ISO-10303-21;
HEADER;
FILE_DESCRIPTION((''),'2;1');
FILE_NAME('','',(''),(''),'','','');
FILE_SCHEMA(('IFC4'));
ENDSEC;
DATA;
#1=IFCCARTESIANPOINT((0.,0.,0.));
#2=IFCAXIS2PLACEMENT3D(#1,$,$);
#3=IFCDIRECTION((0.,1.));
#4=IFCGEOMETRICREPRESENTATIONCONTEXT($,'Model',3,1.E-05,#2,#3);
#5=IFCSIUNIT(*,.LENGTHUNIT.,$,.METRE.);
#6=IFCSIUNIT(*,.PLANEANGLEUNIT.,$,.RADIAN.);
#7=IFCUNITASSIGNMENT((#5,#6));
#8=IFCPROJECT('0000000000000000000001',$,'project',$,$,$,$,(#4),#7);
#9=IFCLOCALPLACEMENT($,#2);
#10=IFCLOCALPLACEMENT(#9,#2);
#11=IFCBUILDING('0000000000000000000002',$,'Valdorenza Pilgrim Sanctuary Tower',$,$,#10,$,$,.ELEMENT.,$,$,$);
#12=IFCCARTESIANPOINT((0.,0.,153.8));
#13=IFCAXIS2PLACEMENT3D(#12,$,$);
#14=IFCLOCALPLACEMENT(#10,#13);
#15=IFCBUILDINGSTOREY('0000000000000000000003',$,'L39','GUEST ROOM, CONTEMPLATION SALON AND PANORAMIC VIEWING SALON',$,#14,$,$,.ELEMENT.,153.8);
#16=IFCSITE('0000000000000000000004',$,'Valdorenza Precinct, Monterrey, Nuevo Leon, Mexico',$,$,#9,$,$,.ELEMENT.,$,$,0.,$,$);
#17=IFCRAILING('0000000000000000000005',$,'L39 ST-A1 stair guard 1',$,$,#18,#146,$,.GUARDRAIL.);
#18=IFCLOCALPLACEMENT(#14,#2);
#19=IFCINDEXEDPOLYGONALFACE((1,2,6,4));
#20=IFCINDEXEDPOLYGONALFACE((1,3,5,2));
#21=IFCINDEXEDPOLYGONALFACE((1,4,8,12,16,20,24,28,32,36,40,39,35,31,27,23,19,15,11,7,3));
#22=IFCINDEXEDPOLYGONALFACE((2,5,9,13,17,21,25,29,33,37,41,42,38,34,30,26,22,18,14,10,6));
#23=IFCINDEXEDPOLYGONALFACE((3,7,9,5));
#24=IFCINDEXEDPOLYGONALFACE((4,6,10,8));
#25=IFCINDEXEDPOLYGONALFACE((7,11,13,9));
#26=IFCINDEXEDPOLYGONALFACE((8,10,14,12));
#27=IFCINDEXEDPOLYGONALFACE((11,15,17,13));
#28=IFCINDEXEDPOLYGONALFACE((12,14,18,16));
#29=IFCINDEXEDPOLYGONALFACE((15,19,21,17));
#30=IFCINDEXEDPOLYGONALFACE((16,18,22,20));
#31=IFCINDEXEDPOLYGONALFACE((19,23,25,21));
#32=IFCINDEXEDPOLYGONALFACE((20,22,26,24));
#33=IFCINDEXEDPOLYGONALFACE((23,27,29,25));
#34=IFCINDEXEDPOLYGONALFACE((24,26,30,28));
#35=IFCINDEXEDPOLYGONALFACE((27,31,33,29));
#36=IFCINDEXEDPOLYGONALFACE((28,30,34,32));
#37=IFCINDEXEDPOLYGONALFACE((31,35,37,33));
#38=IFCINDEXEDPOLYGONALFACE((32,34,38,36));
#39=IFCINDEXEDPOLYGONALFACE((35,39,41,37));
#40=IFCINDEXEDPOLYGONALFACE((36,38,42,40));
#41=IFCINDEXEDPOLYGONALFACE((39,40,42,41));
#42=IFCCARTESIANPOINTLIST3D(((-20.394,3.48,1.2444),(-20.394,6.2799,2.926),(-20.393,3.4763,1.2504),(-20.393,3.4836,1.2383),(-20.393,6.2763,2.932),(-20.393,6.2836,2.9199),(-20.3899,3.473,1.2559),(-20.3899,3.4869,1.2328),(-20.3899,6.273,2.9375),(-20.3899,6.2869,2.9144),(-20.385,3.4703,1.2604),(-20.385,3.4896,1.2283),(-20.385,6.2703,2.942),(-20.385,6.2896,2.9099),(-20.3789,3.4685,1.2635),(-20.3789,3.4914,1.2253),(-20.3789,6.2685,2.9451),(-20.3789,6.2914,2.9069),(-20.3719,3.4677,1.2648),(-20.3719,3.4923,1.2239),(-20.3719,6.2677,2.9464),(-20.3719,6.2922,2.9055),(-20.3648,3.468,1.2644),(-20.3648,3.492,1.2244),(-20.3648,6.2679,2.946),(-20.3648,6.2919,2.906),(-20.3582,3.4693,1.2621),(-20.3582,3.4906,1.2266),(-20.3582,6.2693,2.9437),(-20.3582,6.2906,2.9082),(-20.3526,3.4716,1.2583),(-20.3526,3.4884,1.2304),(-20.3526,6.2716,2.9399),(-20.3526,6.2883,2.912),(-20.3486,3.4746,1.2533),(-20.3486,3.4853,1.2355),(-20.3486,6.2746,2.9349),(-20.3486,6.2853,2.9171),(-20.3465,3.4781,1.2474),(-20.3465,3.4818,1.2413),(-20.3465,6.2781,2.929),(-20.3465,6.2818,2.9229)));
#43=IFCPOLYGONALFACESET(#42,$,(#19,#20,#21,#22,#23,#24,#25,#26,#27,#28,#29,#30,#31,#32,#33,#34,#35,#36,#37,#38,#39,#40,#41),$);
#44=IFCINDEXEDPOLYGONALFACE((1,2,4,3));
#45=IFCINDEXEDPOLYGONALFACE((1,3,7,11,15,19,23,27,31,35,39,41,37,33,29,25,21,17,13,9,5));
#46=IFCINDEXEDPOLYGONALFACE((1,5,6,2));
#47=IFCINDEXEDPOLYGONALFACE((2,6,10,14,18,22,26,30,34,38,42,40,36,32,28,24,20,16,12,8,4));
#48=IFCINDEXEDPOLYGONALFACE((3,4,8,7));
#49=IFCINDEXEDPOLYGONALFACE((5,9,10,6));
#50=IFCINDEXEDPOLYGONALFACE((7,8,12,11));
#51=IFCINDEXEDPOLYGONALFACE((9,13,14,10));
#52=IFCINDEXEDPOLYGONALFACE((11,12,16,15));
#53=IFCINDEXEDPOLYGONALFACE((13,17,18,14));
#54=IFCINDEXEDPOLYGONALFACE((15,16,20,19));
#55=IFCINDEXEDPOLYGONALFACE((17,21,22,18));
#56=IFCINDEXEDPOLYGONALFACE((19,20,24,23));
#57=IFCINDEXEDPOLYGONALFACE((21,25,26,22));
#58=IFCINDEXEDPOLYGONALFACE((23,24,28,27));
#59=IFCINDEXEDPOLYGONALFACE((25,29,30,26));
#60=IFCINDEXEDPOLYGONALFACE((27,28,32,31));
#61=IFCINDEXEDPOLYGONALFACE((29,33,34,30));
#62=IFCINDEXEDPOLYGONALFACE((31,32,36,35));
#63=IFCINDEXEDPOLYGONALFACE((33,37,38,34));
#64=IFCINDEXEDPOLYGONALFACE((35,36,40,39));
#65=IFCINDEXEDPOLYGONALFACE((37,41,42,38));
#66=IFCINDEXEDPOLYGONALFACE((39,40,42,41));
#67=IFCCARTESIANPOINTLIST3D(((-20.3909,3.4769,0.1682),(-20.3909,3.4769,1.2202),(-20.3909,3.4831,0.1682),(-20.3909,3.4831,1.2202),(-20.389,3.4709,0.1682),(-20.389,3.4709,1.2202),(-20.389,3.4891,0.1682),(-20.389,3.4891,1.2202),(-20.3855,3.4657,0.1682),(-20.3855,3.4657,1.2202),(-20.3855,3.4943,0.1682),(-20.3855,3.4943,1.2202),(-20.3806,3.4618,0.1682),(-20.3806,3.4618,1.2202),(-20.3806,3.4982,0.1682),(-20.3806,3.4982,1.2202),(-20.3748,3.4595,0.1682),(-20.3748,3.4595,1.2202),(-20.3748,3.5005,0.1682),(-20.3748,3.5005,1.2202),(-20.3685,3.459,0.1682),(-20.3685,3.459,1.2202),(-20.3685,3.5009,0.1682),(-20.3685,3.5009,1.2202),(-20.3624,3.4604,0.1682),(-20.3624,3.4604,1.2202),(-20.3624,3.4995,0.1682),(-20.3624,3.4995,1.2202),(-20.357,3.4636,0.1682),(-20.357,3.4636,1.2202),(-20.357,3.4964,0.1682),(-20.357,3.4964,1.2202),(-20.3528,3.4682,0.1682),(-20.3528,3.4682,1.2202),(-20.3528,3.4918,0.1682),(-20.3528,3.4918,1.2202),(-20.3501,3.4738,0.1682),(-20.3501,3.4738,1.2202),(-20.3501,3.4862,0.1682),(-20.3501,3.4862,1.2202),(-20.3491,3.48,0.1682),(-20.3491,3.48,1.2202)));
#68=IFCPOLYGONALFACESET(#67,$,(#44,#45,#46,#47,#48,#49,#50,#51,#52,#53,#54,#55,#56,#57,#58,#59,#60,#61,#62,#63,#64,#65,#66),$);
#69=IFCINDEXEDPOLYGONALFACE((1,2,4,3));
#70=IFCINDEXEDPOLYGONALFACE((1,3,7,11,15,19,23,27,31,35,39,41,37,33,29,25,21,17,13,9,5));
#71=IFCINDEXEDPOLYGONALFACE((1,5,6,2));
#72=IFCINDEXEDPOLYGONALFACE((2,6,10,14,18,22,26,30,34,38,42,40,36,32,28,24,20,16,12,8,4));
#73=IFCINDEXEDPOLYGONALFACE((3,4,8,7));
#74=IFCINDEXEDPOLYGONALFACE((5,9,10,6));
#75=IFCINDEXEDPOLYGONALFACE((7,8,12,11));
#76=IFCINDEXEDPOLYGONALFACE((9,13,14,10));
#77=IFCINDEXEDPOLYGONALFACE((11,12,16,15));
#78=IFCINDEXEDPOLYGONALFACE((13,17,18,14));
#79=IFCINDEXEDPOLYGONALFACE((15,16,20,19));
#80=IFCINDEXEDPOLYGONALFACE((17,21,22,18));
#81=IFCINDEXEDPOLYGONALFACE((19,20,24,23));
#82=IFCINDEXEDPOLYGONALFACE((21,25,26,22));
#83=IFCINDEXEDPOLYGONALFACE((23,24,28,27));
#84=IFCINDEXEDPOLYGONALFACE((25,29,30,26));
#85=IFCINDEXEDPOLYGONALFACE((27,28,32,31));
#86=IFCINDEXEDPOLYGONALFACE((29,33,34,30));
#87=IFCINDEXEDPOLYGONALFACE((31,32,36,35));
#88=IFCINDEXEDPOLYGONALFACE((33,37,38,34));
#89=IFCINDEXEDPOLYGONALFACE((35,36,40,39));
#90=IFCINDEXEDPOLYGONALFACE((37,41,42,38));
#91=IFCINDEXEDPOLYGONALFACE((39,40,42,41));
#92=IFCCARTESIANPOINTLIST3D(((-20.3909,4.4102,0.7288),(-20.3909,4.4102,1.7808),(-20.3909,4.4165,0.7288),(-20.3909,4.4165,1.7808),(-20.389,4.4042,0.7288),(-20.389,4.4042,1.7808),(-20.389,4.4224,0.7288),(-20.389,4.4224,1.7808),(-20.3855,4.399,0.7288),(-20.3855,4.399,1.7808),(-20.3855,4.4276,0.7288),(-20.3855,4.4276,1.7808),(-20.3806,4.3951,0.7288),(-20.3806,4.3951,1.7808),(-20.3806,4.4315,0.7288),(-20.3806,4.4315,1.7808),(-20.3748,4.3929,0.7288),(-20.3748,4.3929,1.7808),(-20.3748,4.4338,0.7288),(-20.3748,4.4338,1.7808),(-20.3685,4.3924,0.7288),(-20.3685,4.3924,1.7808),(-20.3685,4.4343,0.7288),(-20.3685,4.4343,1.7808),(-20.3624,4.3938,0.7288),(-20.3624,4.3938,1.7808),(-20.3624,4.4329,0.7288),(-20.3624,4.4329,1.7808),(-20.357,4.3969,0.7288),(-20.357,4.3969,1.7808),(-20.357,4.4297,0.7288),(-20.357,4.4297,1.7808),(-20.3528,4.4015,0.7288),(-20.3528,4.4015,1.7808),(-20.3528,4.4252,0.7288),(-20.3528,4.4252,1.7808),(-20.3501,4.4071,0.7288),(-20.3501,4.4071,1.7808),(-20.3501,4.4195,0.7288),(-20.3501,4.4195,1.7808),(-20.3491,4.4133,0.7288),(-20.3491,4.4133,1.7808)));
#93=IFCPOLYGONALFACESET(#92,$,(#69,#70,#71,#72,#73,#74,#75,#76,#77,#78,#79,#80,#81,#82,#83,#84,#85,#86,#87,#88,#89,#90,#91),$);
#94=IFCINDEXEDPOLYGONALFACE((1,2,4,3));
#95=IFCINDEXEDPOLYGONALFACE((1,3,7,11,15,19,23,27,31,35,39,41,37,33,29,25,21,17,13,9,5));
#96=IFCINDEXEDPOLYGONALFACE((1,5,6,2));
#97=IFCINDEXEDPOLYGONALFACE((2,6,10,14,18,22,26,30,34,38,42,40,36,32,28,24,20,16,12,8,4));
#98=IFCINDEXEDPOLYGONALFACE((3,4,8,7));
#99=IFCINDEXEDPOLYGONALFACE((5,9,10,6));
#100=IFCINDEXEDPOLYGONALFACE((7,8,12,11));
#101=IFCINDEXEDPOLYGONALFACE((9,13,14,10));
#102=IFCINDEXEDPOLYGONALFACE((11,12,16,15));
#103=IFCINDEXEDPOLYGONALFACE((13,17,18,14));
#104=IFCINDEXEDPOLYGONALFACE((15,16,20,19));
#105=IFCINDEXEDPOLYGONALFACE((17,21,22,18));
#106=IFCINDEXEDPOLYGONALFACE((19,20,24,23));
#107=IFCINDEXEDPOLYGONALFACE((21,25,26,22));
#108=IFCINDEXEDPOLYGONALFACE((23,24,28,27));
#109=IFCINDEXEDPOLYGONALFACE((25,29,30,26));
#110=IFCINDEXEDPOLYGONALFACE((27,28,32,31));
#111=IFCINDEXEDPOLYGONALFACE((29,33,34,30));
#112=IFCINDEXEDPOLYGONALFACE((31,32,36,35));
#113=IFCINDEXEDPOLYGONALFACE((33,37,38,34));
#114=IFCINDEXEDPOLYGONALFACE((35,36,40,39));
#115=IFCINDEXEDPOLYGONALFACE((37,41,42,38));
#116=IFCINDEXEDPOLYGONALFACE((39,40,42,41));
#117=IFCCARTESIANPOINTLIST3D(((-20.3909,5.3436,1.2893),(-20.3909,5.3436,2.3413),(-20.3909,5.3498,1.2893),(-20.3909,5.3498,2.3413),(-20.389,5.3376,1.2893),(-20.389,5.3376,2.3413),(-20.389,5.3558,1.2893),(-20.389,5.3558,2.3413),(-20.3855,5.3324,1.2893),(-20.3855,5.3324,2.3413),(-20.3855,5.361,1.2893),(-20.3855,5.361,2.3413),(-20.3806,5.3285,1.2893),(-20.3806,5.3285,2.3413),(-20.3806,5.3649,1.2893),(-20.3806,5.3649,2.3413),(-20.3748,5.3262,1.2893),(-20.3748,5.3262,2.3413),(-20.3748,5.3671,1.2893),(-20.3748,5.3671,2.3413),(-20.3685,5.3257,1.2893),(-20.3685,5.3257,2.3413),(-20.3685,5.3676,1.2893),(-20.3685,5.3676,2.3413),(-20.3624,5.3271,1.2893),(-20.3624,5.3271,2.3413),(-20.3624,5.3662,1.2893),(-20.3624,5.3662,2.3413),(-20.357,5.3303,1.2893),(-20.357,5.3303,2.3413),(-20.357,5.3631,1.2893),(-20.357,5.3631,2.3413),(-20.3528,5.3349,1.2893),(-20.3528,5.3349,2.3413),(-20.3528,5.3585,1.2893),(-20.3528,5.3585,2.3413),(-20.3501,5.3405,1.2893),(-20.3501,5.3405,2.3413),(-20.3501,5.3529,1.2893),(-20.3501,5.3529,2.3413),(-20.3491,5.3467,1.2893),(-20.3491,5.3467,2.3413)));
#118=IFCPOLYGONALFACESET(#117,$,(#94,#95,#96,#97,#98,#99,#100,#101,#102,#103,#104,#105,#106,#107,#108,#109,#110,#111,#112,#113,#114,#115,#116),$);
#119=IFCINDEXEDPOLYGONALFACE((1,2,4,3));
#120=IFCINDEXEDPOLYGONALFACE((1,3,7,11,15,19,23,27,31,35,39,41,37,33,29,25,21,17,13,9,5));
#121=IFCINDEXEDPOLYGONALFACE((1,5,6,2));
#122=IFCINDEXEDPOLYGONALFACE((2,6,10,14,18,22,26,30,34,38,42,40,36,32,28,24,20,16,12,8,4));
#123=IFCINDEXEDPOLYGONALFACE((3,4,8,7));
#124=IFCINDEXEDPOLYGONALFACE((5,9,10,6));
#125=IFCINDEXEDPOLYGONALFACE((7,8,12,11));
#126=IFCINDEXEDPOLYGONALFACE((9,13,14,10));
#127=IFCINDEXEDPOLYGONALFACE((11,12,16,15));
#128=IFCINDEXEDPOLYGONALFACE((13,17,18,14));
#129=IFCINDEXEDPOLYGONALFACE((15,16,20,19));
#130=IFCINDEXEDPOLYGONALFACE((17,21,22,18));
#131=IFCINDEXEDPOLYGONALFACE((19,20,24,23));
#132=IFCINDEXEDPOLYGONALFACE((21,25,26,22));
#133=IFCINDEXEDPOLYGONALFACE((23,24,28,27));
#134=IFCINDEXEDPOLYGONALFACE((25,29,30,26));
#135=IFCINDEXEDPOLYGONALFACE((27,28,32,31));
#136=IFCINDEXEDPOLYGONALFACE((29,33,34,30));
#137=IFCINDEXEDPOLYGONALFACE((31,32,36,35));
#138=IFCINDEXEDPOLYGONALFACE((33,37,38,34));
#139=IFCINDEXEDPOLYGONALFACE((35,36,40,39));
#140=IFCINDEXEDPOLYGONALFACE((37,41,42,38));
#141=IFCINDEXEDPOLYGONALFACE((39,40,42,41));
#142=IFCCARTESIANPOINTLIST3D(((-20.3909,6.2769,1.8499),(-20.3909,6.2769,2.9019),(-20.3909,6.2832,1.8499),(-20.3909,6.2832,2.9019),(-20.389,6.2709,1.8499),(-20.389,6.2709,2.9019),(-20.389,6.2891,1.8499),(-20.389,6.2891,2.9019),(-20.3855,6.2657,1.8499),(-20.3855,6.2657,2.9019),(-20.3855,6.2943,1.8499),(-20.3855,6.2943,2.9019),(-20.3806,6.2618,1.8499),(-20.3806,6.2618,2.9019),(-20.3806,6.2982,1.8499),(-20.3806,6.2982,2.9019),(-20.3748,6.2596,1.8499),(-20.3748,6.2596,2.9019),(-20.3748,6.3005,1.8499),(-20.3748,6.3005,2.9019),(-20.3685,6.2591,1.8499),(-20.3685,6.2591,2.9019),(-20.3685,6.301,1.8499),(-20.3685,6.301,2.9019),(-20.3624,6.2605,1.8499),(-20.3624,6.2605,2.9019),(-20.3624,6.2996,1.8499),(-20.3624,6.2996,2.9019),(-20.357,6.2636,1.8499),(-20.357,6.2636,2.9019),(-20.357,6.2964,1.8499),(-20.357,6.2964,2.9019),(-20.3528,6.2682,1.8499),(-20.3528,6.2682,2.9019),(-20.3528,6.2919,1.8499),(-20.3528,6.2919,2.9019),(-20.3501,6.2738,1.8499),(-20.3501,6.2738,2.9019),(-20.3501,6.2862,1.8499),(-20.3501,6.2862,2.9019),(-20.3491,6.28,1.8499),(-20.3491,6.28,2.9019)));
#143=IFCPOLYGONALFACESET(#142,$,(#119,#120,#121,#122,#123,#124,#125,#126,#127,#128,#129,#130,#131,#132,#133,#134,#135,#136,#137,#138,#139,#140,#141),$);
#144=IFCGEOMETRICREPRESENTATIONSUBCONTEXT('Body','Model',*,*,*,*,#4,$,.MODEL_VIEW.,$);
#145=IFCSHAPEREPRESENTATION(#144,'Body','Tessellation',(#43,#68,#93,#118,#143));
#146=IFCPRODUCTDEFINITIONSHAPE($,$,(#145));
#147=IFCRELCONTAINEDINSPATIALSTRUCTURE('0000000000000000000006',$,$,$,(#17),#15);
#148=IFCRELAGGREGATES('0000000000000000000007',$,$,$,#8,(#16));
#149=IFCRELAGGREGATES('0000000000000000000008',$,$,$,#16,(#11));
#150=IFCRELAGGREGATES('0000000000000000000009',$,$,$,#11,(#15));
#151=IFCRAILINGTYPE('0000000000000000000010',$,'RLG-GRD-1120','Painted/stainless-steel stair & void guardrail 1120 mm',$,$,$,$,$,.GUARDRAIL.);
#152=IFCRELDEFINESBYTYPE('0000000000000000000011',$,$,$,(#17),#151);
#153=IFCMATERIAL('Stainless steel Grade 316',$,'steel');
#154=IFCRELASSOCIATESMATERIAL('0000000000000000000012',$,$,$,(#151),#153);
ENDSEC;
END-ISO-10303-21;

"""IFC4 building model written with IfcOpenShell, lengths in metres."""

from ifc_helpers import new_model, si_unit, direction, frame, origin, origin_2d, place, context, subcontext, project, spatial, circle, extrude, material, type_object, element, save


model = new_model("IFC4")

# Units and contexts
model_context = context("Model", 3, precision=1e-05, world=origin(), true_north=direction((0.0, 1.0)))
body_context = subcontext(model_context, "Body", "Model", "MODEL_VIEW")
ifc_project = project(units=[si_unit("LENGTHUNIT", "METRE"), si_unit("PLANEANGLEUNIT", "RADIAN")], contexts=[model_context])

# Site, building, storey
site_placement = place(None, origin())
site = spatial("IfcSite", under=ifc_project, at=site_placement, Name="Valdorenza Precinct, Monterrey, Nuevo Leon, Mexico", CompositionType="ELEMENT", RefElevation=0.0)
building_placement = place(site_placement, origin())
building = spatial("IfcBuilding", under=site, at=building_placement, Name="Valdorenza Pilgrim Sanctuary Tower", CompositionType="ELEMENT")
storey_placement = place(building_placement, frame((0.0, 0.0, 153.8)))
storey = spatial("IfcBuildingStorey", under=building, at=storey_placement, Name="L39", Description="GUEST ROOM, CONTEMPLATION SALON AND PANORAMIC VIEWING SALON", CompositionType="ELEMENT", Elevation=153.8)

# Railing
ifc_material_1 = material(Name="Stainless steel Grade 316", Category="steel")
railing_type_1 = type_object("IfcRailingType", Name="RLG-GRD-1120", Description="Painted/stainless-steel stair & void guardrail 1120 mm", PredefinedType="GUARDRAIL", material=ifc_material_1)
railing_1_placement = place(storey_placement, frame((-20.3701, 3.48, 0.1682)))
element("IfcRailing", 1, at=railing_1_placement, inside=storey, type_object=railing_type_1, Name="L39 ST-A1 stair guard 1", PredefinedType="GUARDRAIL", context=body_context, shape_type="SweptSolid", body=[
    extrude(circle(Radius=0.0239, at=origin_2d()), frame((0.0, 0.0, 1.0762), z_axis=(0.0, 0.857275, 0.514858), x_axis=(-1.0, 0.0, 0.0)), (0.0, 0.0, 1.0), 3.2661),
    extrude(circle(Radius=0.021, at=origin_2d()), origin(), (0.0, 0.0, 1.0), 1.052),
    extrude(circle(Radius=0.021, at=origin_2d()), frame((0.0, 0.9333, 0.5605)), (0.0, 0.0, 1.0), 1.052),
    extrude(circle(Radius=0.021, at=origin_2d()), frame((0.0, 1.8667, 1.1211)), (0.0, 0.0, 1.0), 1.052),
    extrude(circle(Radius=0.021, at=origin_2d()), frame((0.0, 2.8, 1.6816)), (0.0, 0.0, 1.0), 1.052),
])

save(model, "model.ifc")
